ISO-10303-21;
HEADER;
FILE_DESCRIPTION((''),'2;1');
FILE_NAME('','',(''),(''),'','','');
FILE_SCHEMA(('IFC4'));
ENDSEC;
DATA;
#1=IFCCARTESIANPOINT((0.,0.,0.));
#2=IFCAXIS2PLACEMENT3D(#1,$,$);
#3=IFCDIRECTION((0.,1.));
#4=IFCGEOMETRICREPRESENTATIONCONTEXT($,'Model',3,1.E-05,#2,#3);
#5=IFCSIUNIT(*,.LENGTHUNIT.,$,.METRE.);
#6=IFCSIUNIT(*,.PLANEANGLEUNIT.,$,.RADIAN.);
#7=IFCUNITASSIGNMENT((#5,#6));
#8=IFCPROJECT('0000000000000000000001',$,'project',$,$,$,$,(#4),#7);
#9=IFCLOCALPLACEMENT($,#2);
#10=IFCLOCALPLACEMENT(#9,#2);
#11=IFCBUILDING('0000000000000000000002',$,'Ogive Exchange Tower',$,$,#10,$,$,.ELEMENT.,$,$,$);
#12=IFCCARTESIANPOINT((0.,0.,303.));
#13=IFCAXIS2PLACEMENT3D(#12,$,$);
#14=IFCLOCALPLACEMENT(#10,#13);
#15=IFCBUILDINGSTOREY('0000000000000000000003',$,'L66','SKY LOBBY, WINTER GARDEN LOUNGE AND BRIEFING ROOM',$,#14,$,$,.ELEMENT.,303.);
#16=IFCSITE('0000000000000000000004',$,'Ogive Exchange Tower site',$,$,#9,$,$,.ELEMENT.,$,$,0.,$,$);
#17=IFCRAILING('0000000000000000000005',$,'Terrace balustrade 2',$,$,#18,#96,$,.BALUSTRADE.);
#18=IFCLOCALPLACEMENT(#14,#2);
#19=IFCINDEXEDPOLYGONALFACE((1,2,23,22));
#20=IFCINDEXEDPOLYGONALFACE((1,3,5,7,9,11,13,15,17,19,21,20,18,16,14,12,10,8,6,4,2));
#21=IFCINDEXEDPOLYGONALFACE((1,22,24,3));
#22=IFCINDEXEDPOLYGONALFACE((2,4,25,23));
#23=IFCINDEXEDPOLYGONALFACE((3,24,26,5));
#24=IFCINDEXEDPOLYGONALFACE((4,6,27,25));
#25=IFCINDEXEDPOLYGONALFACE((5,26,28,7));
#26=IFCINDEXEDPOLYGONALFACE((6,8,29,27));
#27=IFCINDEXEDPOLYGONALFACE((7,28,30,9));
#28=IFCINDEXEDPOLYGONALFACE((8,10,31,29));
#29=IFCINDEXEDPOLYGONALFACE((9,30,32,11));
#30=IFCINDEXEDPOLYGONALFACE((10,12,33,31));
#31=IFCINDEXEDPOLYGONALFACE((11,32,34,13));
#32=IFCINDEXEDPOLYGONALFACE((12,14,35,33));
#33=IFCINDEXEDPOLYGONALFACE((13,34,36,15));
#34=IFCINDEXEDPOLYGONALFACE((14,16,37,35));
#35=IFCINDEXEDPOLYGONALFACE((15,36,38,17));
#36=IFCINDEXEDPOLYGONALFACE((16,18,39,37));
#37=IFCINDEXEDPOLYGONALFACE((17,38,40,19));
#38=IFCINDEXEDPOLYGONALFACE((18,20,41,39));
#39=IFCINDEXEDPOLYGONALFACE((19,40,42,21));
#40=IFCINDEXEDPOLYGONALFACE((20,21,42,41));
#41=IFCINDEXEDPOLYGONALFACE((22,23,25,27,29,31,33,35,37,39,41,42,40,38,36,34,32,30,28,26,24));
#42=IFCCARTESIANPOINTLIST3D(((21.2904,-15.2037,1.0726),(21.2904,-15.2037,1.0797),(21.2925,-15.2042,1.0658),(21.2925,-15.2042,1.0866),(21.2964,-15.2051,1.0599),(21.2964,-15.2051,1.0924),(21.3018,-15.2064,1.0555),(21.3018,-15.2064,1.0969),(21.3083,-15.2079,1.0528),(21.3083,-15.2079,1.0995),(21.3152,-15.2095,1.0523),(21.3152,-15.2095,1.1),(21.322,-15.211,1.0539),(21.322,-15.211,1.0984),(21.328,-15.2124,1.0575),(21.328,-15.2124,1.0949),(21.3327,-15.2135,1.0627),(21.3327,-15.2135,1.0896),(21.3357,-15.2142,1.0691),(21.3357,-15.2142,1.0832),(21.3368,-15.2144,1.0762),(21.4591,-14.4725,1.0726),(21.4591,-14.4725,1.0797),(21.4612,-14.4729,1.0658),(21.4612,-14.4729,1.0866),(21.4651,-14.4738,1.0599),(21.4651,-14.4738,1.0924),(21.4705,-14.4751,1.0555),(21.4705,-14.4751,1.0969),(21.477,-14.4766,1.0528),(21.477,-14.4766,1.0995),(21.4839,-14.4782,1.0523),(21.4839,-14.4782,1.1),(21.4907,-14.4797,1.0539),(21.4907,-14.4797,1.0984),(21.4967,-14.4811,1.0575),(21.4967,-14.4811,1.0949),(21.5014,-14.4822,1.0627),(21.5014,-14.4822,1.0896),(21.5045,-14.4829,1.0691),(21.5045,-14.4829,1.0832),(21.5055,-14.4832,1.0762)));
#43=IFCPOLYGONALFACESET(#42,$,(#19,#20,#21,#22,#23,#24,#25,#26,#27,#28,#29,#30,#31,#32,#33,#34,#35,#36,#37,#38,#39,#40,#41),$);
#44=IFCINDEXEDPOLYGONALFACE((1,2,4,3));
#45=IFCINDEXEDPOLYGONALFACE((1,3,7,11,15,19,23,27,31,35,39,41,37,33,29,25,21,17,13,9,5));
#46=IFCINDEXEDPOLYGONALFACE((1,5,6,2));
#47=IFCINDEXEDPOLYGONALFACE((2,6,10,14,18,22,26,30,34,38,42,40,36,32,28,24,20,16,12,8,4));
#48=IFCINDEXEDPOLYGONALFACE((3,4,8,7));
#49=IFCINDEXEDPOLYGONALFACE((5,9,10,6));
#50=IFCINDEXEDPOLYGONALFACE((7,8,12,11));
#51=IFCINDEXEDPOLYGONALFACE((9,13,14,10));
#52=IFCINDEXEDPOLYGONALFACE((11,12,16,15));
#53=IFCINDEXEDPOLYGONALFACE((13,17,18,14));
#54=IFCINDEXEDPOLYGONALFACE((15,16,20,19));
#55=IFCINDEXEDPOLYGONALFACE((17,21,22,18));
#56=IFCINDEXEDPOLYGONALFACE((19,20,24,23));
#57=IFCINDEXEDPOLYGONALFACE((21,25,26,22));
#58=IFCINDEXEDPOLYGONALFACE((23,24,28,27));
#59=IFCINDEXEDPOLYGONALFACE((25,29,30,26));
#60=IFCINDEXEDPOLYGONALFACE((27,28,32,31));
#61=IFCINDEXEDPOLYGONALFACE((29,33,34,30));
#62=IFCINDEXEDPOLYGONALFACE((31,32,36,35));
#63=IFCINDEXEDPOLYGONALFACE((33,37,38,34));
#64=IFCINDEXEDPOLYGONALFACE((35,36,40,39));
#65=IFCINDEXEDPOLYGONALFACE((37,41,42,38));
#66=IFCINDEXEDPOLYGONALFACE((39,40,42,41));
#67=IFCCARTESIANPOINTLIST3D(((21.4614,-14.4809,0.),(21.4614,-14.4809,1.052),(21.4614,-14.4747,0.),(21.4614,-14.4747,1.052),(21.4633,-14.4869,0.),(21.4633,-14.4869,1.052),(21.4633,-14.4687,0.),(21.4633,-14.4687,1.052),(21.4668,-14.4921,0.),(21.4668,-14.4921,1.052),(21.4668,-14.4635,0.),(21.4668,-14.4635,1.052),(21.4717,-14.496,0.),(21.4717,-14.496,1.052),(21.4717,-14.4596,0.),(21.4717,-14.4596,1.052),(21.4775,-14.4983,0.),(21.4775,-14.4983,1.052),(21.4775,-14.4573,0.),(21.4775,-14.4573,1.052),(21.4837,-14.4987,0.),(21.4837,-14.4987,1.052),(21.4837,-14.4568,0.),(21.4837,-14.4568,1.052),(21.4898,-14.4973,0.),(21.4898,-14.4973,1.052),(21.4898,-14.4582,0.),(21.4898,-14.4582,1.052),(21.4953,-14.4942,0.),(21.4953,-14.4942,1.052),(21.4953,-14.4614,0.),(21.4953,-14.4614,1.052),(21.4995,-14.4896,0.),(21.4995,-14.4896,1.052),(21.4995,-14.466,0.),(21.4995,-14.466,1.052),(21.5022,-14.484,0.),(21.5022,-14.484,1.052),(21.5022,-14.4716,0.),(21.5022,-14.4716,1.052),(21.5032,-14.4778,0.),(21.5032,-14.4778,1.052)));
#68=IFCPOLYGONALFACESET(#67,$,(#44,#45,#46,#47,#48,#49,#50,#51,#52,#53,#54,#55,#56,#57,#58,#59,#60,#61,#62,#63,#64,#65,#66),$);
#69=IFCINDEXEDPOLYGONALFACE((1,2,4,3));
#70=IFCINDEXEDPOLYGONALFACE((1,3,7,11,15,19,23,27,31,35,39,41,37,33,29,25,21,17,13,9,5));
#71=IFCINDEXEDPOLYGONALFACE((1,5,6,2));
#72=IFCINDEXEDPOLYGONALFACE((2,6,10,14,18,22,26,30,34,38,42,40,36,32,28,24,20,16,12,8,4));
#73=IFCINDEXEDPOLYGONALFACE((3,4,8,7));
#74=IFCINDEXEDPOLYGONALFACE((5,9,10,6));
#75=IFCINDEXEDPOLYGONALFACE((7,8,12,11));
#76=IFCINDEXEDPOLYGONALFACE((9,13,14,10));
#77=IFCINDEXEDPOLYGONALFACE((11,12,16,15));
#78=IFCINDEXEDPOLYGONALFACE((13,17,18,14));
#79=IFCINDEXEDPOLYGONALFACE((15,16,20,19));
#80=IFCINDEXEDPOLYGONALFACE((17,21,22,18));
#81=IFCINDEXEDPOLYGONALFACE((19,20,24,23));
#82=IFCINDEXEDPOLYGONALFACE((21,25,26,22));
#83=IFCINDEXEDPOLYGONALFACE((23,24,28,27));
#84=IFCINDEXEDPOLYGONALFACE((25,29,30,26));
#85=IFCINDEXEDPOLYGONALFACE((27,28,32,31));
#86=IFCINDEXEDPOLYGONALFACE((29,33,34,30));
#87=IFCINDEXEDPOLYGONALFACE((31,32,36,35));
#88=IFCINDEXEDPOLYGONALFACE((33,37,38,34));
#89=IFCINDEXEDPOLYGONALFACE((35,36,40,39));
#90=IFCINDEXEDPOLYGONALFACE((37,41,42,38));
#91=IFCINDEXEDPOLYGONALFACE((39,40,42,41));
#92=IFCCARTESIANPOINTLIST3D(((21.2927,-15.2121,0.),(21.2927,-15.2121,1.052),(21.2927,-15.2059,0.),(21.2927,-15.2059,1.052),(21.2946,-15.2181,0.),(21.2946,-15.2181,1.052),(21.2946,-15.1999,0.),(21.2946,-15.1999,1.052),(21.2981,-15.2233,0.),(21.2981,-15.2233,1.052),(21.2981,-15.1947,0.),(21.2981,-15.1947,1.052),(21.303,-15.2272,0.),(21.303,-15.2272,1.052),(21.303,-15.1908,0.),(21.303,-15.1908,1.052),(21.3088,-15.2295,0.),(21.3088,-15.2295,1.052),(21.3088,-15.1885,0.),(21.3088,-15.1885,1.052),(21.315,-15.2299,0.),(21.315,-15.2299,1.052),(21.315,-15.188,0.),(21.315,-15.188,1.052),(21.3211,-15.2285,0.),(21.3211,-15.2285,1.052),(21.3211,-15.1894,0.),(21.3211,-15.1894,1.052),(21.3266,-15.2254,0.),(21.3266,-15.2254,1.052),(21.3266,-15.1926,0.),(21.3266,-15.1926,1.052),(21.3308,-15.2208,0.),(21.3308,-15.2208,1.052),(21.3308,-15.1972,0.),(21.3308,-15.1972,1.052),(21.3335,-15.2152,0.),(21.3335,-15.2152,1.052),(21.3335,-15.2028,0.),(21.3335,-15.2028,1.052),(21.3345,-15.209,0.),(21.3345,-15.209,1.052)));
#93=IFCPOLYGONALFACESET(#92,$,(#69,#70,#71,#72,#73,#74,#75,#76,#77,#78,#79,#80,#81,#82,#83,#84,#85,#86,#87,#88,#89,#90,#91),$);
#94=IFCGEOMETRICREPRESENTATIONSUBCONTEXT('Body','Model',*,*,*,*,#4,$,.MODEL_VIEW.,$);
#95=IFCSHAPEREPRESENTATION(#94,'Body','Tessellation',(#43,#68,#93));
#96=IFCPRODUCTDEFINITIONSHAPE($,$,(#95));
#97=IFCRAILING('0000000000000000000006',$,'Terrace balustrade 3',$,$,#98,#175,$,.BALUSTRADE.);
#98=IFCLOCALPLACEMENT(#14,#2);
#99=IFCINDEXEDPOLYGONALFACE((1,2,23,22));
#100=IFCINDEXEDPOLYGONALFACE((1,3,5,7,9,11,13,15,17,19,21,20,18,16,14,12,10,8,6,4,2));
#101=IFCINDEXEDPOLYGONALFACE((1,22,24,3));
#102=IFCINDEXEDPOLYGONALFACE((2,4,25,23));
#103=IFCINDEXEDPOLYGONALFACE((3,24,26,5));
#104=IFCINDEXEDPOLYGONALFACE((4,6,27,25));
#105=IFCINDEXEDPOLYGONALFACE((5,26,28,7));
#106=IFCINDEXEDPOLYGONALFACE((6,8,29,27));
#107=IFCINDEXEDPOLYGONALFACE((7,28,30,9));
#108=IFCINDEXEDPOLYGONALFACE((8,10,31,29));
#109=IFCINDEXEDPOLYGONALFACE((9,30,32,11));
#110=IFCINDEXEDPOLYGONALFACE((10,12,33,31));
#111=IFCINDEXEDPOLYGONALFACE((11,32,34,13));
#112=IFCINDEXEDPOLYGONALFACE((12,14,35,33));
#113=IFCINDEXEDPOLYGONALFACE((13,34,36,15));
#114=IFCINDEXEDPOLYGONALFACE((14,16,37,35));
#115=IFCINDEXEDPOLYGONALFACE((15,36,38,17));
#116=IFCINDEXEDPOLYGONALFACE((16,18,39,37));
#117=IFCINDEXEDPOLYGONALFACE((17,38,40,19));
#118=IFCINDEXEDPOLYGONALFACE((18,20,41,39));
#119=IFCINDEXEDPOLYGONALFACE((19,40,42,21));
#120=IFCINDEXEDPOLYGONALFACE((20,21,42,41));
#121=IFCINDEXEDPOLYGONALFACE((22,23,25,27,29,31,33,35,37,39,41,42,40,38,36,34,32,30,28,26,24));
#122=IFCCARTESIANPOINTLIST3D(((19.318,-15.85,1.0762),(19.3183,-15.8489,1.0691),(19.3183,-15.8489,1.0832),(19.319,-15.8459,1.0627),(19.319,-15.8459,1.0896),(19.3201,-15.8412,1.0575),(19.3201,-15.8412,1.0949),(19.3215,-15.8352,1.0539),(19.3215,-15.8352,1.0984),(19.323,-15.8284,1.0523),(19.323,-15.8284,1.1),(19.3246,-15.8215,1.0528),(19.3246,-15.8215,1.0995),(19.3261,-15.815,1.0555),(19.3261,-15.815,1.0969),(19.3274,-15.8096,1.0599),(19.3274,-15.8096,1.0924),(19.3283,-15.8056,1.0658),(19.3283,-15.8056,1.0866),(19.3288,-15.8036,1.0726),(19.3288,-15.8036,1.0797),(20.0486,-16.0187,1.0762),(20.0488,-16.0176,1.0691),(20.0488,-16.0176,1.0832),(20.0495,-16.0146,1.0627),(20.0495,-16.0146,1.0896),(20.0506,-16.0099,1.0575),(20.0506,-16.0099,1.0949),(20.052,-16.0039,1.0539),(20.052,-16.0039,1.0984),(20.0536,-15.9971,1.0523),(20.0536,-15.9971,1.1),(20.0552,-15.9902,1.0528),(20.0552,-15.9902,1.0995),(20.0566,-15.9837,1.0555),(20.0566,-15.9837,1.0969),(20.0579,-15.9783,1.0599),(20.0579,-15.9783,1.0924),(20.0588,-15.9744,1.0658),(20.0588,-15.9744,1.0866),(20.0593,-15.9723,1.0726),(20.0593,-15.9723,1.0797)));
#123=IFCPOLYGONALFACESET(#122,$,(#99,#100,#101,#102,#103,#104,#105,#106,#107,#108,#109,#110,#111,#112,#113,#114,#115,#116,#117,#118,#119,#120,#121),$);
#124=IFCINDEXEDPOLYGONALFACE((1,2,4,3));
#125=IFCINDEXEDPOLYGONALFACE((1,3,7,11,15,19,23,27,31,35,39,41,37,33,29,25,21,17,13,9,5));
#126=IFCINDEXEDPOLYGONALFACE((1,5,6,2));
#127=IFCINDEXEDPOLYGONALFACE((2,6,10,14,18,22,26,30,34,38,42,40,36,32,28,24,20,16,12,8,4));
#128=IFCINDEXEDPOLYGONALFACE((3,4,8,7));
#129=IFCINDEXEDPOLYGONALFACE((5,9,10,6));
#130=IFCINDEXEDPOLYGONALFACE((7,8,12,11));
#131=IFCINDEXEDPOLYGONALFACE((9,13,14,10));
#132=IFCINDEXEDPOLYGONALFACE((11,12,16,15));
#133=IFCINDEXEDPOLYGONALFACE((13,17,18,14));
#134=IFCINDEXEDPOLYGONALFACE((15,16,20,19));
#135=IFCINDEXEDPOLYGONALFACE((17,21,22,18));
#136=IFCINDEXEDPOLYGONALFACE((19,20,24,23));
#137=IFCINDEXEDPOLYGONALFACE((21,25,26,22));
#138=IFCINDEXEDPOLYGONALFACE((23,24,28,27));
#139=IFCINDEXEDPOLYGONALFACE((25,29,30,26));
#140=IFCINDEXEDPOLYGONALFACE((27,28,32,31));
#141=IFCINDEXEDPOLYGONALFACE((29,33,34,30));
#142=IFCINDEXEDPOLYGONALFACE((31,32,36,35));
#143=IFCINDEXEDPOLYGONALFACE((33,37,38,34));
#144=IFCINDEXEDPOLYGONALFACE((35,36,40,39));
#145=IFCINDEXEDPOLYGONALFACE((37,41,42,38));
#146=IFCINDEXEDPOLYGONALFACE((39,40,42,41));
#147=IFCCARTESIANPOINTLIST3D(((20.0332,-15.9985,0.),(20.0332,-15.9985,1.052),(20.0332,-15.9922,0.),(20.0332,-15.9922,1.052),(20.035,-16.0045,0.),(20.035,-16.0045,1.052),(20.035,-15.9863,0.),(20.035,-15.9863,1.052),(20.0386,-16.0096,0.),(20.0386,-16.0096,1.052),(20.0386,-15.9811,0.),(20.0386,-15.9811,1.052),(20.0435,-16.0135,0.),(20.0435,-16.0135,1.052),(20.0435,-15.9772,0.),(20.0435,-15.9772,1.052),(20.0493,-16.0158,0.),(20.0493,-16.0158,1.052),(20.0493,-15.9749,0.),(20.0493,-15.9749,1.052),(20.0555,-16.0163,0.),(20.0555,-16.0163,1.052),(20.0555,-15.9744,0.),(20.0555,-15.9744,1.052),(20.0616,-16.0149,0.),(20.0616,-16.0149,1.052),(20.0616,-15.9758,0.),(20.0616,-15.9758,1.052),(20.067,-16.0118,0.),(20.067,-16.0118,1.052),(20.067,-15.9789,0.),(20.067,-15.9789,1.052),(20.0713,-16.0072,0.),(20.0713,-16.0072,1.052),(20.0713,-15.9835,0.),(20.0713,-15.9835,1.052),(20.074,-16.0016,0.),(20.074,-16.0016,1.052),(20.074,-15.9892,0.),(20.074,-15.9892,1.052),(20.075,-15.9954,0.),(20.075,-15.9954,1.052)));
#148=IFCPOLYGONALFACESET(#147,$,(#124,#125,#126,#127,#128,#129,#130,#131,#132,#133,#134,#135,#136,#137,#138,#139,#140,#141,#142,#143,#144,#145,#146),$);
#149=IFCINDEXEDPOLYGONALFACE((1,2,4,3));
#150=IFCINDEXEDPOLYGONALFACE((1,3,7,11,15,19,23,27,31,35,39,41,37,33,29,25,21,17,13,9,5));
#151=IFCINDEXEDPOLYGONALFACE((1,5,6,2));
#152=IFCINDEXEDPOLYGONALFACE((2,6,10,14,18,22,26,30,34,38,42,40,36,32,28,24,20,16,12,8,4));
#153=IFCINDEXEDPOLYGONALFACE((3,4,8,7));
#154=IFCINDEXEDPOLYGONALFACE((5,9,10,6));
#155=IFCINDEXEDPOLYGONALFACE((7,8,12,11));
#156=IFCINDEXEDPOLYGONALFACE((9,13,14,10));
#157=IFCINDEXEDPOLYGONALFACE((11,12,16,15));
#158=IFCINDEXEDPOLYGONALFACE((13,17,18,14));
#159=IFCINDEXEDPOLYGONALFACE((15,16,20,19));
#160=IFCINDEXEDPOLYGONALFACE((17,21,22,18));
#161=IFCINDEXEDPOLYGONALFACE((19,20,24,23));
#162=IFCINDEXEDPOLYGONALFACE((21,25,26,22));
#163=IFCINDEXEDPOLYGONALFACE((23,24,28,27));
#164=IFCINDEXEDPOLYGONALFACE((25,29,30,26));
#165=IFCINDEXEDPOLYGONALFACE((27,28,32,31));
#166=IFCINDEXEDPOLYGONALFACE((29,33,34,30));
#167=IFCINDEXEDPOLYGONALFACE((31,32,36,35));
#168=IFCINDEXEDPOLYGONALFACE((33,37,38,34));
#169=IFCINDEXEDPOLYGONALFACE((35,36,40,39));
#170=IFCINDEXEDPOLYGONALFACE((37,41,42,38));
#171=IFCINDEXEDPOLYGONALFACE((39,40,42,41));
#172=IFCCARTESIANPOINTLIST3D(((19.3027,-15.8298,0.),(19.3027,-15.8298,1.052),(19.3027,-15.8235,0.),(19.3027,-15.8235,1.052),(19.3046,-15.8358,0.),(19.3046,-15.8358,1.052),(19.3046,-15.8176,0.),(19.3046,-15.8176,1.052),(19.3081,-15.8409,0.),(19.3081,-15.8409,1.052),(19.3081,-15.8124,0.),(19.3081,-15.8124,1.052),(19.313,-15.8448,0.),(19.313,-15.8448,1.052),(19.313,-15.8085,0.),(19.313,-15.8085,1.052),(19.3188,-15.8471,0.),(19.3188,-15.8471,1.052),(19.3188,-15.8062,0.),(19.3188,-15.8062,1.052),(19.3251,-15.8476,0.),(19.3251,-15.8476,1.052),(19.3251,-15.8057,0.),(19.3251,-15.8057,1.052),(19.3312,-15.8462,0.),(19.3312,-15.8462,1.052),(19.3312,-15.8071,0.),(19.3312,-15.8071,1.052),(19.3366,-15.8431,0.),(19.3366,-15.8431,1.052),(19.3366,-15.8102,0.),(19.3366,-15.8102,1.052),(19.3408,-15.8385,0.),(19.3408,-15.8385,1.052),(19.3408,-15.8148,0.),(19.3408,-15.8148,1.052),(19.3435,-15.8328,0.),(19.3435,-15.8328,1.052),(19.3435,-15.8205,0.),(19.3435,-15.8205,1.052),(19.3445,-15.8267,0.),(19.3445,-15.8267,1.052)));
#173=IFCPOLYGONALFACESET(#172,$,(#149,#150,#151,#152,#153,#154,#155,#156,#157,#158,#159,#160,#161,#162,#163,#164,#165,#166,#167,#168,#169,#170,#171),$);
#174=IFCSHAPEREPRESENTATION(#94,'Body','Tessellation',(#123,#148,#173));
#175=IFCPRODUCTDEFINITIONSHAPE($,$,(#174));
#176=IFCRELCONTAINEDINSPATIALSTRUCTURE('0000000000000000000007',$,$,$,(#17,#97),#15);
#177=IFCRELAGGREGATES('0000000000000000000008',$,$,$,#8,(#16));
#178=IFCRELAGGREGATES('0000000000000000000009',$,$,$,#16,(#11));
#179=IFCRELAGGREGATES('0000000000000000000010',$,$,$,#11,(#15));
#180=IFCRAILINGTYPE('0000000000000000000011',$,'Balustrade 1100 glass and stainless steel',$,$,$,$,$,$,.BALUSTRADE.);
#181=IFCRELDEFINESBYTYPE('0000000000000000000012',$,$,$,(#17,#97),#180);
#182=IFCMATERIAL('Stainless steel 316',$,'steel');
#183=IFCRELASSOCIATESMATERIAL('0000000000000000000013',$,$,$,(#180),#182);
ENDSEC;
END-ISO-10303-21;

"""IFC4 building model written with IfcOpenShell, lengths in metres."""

from ifc_helpers import new_model, si_unit, direction, frame, origin, origin_2d, place, context, subcontext, project, spatial, circle, extrude, material, type_object, element, save


model = new_model("IFC4")

# Units and contexts
model_context = context("Model", 3, precision=1e-05, world=origin(), true_north=direction((0.0, 1.0)))
body_context = subcontext(model_context, "Body", "Model", "MODEL_VIEW")
ifc_project = project(units=[si_unit("LENGTHUNIT", "METRE"), si_unit("PLANEANGLEUNIT", "RADIAN")], contexts=[model_context])

# Site, building, storey
site_placement = place(None, origin())
site = spatial("IfcSite", under=ifc_project, at=site_placement, Name="Ogive Exchange Tower site", CompositionType="ELEMENT", RefElevation=0.0)
building_placement = place(site_placement, origin())
building = spatial("IfcBuilding", under=site, at=building_placement, Name="Ogive Exchange Tower", CompositionType="ELEMENT")
storey_placement = place(building_placement, frame((0.0, 0.0, 303.0)))
storey = spatial("IfcBuildingStorey", under=building, at=storey_placement, Name="L66", Description="SKY LOBBY, WINTER GARDEN LOUNGE AND BRIEFING ROOM", CompositionType="ELEMENT", Elevation=303.0)

# Railings
ifc_material_1 = material(Name="Stainless steel 316", Category="steel")
railing_type_1 = type_object("IfcRailingType", Name="Balustrade 1100 glass and stainless steel", PredefinedType="BALUSTRADE", material=ifc_material_1)
railing_1_placement = place(storey_placement, frame((21.4822, -14.4778, 0.0)))
element("IfcRailing", 1, at=railing_1_placement, inside=storey, type_object=railing_type_1, Name="Terrace balustrade 2", PredefinedType="BALUSTRADE", context=body_context, shape_type="SweptSolid", body=[
    extrude(circle(Radius=0.0239, at=origin_2d()), frame((0.0, 0.0, 1.0762), z_axis=(-0.224812, -0.974402, 0.0), x_axis=(0.974402, -0.224812, 0.0)), (0.0, 0.0, 1.0), 0.7505),
    extrude(circle(Radius=0.021, at=origin_2d()), origin(), (0.0, 0.0, 1.0), 1.052),
    extrude(circle(Radius=0.021, at=origin_2d()), frame((-0.1687, -0.7312, 0.0)), (0.0, 0.0, 1.0), 1.052),
])
railing_2_placement = place(storey_placement, frame((20.054, -15.9954, 0.0)))
element("IfcRailing", 2, at=railing_2_placement, inside=storey, type_object=railing_type_1, Name="Terrace balustrade 3", PredefinedType="BALUSTRADE", context=body_context, shape_type="SweptSolid", body=[
    extrude(circle(Radius=0.0239, at=origin_2d()), frame((0.0, 0.0, 1.0762), z_axis=(-0.974353, 0.225026, 0.0), x_axis=(-0.225026, -0.974353, 0.0)), (0.0, 0.0, 1.0), 0.7498),
    extrude(circle(Radius=0.021, at=origin_2d()), origin(), (0.0, 0.0, 1.0), 1.052),
    extrude(circle(Radius=0.021, at=origin_2d()), frame((-0.7305, 0.1687, 0.0)), (0.0, 0.0, 1.0), 1.052),
])

save(model, "model.ifc")
